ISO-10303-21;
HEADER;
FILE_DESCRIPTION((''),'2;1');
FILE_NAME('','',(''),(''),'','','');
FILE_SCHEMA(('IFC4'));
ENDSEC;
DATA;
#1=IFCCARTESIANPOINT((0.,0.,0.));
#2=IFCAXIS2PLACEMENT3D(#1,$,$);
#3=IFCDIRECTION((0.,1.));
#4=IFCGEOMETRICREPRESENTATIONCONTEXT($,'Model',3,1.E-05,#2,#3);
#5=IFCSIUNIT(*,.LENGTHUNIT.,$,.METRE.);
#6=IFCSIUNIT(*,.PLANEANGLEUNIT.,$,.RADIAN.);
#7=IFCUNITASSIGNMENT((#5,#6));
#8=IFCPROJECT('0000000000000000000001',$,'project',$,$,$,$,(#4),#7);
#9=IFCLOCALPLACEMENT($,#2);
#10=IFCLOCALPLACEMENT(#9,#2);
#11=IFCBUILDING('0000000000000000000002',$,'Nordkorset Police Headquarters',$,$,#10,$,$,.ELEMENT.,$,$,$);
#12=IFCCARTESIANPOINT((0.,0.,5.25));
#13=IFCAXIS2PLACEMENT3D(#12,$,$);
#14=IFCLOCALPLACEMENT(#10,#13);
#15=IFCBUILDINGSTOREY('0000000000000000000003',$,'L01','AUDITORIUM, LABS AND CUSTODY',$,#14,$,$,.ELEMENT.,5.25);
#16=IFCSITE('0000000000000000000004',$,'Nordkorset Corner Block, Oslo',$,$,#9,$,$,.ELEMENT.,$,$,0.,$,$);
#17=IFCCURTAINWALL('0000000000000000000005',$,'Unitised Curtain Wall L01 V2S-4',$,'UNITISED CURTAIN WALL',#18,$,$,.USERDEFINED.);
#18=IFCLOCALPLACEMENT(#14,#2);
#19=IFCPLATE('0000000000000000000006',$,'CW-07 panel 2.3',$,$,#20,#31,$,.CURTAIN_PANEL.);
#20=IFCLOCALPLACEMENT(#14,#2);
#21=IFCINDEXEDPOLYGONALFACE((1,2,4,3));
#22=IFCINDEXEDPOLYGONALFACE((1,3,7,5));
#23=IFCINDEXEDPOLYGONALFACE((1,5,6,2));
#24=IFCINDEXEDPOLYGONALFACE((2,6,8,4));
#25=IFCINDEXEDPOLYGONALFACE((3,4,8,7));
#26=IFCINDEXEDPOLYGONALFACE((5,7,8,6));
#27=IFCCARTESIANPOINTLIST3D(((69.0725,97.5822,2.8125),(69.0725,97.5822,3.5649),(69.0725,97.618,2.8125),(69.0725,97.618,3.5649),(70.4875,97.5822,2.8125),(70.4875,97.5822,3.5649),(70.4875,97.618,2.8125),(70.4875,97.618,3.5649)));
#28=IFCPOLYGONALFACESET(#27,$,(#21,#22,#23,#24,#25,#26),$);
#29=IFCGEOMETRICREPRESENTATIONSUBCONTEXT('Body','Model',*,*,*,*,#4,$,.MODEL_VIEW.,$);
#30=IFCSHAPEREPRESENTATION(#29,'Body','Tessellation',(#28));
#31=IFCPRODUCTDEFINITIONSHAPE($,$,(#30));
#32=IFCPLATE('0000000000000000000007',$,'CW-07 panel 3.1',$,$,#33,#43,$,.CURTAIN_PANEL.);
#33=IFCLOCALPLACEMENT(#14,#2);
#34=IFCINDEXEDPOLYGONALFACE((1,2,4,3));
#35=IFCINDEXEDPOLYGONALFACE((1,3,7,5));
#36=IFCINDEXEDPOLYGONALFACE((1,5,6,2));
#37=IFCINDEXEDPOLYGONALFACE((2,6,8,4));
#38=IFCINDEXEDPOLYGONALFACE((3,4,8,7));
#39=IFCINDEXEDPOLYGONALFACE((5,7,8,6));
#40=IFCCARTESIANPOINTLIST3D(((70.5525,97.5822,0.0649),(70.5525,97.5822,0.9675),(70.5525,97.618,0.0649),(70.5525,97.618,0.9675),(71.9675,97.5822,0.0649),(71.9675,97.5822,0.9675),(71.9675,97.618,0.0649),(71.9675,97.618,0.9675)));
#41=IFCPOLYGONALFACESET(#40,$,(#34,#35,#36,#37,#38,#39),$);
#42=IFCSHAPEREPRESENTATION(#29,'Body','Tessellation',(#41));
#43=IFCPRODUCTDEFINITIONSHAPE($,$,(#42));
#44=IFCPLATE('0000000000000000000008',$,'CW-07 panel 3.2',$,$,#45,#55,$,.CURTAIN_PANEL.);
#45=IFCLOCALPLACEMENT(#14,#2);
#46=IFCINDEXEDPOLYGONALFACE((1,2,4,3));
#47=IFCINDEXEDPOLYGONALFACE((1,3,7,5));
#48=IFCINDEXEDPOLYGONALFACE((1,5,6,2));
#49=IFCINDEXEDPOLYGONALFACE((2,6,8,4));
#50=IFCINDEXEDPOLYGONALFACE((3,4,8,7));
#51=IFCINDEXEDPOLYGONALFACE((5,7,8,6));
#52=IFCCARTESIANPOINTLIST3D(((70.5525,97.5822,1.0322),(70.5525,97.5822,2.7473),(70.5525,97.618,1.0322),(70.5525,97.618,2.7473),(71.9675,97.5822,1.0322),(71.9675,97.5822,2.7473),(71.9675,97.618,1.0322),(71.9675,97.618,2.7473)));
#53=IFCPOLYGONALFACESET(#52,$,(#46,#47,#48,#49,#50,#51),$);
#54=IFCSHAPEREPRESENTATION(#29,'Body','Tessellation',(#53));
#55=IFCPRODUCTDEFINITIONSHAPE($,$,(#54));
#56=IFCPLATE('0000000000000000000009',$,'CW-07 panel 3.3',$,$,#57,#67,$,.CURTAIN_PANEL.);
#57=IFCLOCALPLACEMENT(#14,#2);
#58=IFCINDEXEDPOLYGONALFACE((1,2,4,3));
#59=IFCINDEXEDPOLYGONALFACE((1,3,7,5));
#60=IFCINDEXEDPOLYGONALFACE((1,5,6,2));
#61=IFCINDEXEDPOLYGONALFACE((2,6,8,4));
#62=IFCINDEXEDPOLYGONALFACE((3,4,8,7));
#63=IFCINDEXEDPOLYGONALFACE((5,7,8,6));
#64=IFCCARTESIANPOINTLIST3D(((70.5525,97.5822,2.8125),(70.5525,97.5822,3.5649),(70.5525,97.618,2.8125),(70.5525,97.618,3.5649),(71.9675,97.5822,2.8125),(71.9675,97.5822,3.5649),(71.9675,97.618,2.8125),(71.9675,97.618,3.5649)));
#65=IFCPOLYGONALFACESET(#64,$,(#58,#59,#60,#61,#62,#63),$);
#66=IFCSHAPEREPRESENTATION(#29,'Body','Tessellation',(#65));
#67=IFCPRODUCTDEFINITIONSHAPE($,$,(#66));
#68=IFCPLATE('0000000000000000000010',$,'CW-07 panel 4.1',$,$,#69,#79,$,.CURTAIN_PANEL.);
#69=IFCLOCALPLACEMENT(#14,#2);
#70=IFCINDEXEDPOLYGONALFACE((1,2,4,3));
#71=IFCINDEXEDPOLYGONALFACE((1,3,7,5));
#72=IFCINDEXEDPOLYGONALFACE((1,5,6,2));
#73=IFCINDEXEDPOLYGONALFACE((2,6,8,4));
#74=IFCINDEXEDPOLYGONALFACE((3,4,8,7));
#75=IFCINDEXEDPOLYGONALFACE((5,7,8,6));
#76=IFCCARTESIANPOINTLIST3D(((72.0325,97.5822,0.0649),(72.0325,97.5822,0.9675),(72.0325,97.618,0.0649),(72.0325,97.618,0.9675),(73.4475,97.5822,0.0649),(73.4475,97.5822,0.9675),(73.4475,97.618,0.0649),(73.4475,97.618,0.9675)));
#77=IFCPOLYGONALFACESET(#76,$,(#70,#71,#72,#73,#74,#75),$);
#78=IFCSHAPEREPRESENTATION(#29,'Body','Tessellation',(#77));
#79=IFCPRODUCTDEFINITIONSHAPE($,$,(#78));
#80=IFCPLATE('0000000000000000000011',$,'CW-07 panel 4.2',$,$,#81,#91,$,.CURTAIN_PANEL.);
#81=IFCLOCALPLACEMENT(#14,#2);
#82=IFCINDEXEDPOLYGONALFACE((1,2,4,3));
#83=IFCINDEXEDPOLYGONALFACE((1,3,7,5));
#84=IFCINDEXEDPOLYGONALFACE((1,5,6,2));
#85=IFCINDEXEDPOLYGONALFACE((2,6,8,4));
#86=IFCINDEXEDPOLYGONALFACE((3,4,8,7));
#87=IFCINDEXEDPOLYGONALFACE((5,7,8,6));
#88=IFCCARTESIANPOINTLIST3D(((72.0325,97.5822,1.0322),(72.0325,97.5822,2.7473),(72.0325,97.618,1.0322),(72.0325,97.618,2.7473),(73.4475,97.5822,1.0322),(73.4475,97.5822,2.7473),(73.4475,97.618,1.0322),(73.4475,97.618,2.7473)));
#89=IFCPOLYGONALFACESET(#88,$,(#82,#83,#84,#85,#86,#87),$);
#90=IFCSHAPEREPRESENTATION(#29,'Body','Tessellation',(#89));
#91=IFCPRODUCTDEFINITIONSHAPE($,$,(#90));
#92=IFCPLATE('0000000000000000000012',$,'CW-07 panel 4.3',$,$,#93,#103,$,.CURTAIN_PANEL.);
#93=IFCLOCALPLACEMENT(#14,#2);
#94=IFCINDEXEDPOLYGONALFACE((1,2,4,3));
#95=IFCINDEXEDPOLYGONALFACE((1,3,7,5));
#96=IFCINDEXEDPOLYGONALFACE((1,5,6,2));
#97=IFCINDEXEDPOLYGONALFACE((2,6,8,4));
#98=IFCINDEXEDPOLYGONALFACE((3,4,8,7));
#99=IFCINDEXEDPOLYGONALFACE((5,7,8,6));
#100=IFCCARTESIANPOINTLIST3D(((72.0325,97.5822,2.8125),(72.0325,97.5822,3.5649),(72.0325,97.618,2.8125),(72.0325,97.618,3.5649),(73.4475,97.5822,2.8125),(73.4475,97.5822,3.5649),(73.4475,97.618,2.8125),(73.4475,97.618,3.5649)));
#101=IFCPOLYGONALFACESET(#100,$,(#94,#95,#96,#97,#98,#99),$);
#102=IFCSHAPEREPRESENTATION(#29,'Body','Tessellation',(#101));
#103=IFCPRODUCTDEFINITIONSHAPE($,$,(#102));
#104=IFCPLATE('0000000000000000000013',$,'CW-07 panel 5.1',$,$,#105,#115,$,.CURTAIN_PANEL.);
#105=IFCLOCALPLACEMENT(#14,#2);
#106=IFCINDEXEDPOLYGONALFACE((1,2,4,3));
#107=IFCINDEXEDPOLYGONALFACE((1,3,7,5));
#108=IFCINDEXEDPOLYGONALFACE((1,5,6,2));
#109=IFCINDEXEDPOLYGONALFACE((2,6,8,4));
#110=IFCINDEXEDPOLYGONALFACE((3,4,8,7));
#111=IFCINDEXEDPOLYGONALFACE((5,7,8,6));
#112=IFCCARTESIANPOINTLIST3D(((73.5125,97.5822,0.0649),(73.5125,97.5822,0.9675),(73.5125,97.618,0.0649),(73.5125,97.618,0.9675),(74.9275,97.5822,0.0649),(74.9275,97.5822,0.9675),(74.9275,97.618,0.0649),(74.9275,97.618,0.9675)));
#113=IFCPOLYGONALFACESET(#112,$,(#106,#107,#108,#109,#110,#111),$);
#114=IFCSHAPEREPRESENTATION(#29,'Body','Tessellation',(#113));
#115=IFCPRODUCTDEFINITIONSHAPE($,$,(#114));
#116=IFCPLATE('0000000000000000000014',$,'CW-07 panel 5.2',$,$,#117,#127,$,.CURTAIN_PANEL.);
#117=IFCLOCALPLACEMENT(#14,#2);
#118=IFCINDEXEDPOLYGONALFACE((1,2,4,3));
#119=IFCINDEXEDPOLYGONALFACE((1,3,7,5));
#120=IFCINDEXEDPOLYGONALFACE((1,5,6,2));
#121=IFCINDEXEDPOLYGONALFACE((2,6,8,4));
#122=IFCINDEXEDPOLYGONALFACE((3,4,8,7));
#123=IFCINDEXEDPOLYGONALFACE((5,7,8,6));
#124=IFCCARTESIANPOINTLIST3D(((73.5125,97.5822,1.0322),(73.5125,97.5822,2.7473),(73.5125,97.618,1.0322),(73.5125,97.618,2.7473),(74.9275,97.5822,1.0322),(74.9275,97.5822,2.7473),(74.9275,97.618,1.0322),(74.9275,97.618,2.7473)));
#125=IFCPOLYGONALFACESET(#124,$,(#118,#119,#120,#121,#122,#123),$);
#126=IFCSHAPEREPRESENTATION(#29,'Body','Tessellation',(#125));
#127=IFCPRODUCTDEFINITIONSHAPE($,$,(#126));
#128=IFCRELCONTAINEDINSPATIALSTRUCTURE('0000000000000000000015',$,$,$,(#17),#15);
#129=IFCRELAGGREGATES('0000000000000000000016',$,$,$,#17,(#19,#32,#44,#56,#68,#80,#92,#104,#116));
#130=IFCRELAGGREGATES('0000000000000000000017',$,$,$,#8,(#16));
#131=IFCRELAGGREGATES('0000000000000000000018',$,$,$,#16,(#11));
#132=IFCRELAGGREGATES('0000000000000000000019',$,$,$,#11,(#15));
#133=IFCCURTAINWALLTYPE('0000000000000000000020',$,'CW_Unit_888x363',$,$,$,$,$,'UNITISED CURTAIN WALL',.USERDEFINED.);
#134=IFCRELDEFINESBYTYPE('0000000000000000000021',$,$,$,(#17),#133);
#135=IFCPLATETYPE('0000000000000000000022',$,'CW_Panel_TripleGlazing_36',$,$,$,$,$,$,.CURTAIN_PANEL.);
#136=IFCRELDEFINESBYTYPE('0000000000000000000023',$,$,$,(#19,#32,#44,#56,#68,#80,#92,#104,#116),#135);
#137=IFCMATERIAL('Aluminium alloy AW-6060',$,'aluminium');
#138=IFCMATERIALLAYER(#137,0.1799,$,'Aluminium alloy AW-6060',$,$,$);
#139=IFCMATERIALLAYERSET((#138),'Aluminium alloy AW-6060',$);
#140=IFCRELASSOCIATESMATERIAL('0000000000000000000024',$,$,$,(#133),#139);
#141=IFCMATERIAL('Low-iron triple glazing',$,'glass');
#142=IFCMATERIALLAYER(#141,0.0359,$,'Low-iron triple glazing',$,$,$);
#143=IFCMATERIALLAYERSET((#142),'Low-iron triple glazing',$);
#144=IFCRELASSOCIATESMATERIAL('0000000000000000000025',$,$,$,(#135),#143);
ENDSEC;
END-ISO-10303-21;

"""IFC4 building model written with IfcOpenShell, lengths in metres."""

from ifc_helpers import new_model, si_unit, direction, frame, origin, origin_2d, place, context, subcontext, project, spatial, rectangle, extrude, material, layer, layer_set, type_object, element, aggregate, save


model = new_model("IFC4")

# Units and contexts
model_context = context("Model", 3, precision=1e-05, world=origin(), true_north=direction((0.0, 1.0)))
body_context = subcontext(model_context, "Body", "Model", "MODEL_VIEW")
ifc_project = project(units=[si_unit("LENGTHUNIT", "METRE"), si_unit("PLANEANGLEUNIT", "RADIAN")], contexts=[model_context])

# Site, building, storey
site_placement = place(None, origin())
site = spatial("IfcSite", under=ifc_project, at=site_placement, Name="Nordkorset Corner Block, Oslo", CompositionType="ELEMENT", RefElevation=0.0)
building_placement = place(site_placement, origin())
building = spatial("IfcBuilding", under=site, at=building_placement, Name="Nordkorset Police Headquarters", CompositionType="ELEMENT")
storey_placement = place(building_placement, frame((0.0, 0.0, 5.25)))
storey = spatial("IfcBuildingStorey", under=building, at=storey_placement, Name="L01", Description="AUDITORIUM, LABS AND CUSTODY", CompositionType="ELEMENT", Elevation=5.25)

# Curtain wall, plates
ifc_material_1 = material(Name="Aluminium alloy AW-6060", Category="aluminium")
ifc_layer_1 = layer(ifc_material_1, 0.1799, Name="Aluminium alloy AW-6060")
ifc_layer_set_1 = layer_set([ifc_layer_1], Name="Aluminium alloy AW-6060")
curtain_wall_type = type_object("IfcCurtainWallType", Name="CW_Unit_888x363", ElementType="UNITISED CURTAIN WALL", PredefinedType="USERDEFINED", material=ifc_layer_set_1)
curtain_wall_placement = place(storey_placement, origin())
curtain_wall = element("IfcCurtainWall", 1, at=curtain_wall_placement, inside=storey, type_object=curtain_wall_type, Name="Unitised Curtain Wall L01 V2S-4", ObjectType="UNITISED CURTAIN WALL", PredefinedType="USERDEFINED")
ifc_material_2 = material(Name="Low-iron triple glazing", Category="glass")
ifc_layer_2 = layer(ifc_material_2, 0.0359, Name="Low-iron triple glazing")
ifc_layer_set_2 = layer_set([ifc_layer_2], Name="Low-iron triple glazing")
plate_type = type_object("IfcPlateType", Name="CW_Panel_TripleGlazing_36", PredefinedType="CURTAIN_PANEL", material=ifc_layer_set_2)
plate_1_placement = place(storey_placement, frame((69.78, 97.6001, 2.8125), z_axis=(0.0, 0.0, 1.0), x_axis=(1.0, 0.0, 0.0)))
plate_1 = element("IfcPlate", 2, at=plate_1_placement, type_object=plate_type, Name="CW-07 panel 2.3", PredefinedType="CURTAIN_PANEL", context=body_context, shape_type="SweptSolid", body=[
    extrude(rectangle(XDim=1.415, YDim=0.0359, at=origin_2d()), origin(), (0.0, 0.0, 1.0), 0.7524),
])
plate_2_placement = place(storey_placement, frame((71.26, 97.6001, 0.0649), z_axis=(0.0, 0.0, 1.0), x_axis=(1.0, 0.0, 0.0)))
plate_2 = element("IfcPlate", 3, at=plate_2_placement, type_object=plate_type, Name="CW-07 panel 3.1", PredefinedType="CURTAIN_PANEL", context=body_context, shape_type="SweptSolid", body=[
    extrude(rectangle(XDim=1.415, YDim=0.0359, at=origin_2d()), origin(), (0.0, 0.0, 1.0), 0.9026),
])
plate_3_placement = place(storey_placement, frame((71.26, 97.6001, 1.0322), z_axis=(0.0, 0.0, 1.0), x_axis=(1.0, 0.0, 0.0)))
plate_3 = element("IfcPlate", 4, at=plate_3_placement, type_object=plate_type, Name="CW-07 panel 3.2", PredefinedType="CURTAIN_PANEL", context=body_context, shape_type="SweptSolid", body=[
    extrude(rectangle(XDim=1.415, YDim=0.0359, at=origin_2d()), origin(), (0.0, 0.0, 1.0), 1.7151),
])
plate_4_placement = place(storey_placement, frame((71.26, 97.6001, 2.8125), z_axis=(0.0, 0.0, 1.0), x_axis=(1.0, 0.0, 0.0)))
plate_4 = element("IfcPlate", 5, at=plate_4_placement, type_object=plate_type, Name="CW-07 panel 3.3", PredefinedType="CURTAIN_PANEL", context=body_context, shape_type="SweptSolid", body=[
    extrude(rectangle(XDim=1.415, YDim=0.0359, at=origin_2d()), origin(), (0.0, 0.0, 1.0), 0.7524),
])
plate_5_placement = place(storey_placement, frame((72.74, 97.6001, 0.0649), z_axis=(0.0, 0.0, 1.0), x_axis=(1.0, 0.0, 0.0)))
plate_5 = element("IfcPlate", 6, at=plate_5_placement, type_object=plate_type, Name="CW-07 panel 4.1", PredefinedType="CURTAIN_PANEL", context=body_context, shape_type="SweptSolid", body=[
    extrude(rectangle(XDim=1.415, YDim=0.0359, at=origin_2d()), origin(), (0.0, 0.0, 1.0), 0.9026),
])
plate_6_placement = place(storey_placement, frame((72.74, 97.6001, 1.0322), z_axis=(0.0, 0.0, 1.0), x_axis=(1.0, 0.0, 0.0)))
plate_6 = element("IfcPlate", 7, at=plate_6_placement, type_object=plate_type, Name="CW-07 panel 4.2", PredefinedType="CURTAIN_PANEL", context=body_context, shape_type="SweptSolid", body=[
    extrude(rectangle(XDim=1.415, YDim=0.0359, at=origin_2d()), origin(), (0.0, 0.0, 1.0), 1.7151),
])
plate_7_placement = place(storey_placement, frame((72.74, 97.6001, 2.8125), z_axis=(0.0, 0.0, 1.0), x_axis=(1.0, 0.0, 0.0)))
plate_7 = element("IfcPlate", 8, at=plate_7_placement, type_object=plate_type, Name="CW-07 panel 4.3", PredefinedType="CURTAIN_PANEL", context=body_context, shape_type="SweptSolid", body=[
    extrude(rectangle(XDim=1.415, YDim=0.0359, at=origin_2d()), origin(), (0.0, 0.0, 1.0), 0.7524),
])
plate_8_placement = place(storey_placement, frame((74.22, 97.6001, 0.0649), z_axis=(0.0, 0.0, 1.0), x_axis=(1.0, 0.0, 0.0)))
plate_8 = element("IfcPlate", 9, at=plate_8_placement, type_object=plate_type, Name="CW-07 panel 5.1", PredefinedType="CURTAIN_PANEL", context=body_context, shape_type="SweptSolid", body=[
    extrude(rectangle(XDim=1.415, YDim=0.0359, at=origin_2d()), origin(), (0.0, 0.0, 1.0), 0.9026),
])
plate_9_placement = place(storey_placement, frame((74.22, 97.6001, 1.0322), z_axis=(0.0, 0.0, 1.0), x_axis=(1.0, 0.0, 0.0)))
plate_9 = element("IfcPlate", 10, at=plate_9_placement, type_object=plate_type, Name="CW-07 panel 5.2", PredefinedType="CURTAIN_PANEL", context=body_context, shape_type="SweptSolid", body=[
    extrude(rectangle(XDim=1.415, YDim=0.0359, at=origin_2d()), origin(), (0.0, 0.0, 1.0), 1.7151),
])
aggregate(curtain_wall, [plate_1, plate_2, plate_3, plate_4, plate_5, plate_6, plate_7, plate_8, plate_9])

save(model, "model.ifc")
